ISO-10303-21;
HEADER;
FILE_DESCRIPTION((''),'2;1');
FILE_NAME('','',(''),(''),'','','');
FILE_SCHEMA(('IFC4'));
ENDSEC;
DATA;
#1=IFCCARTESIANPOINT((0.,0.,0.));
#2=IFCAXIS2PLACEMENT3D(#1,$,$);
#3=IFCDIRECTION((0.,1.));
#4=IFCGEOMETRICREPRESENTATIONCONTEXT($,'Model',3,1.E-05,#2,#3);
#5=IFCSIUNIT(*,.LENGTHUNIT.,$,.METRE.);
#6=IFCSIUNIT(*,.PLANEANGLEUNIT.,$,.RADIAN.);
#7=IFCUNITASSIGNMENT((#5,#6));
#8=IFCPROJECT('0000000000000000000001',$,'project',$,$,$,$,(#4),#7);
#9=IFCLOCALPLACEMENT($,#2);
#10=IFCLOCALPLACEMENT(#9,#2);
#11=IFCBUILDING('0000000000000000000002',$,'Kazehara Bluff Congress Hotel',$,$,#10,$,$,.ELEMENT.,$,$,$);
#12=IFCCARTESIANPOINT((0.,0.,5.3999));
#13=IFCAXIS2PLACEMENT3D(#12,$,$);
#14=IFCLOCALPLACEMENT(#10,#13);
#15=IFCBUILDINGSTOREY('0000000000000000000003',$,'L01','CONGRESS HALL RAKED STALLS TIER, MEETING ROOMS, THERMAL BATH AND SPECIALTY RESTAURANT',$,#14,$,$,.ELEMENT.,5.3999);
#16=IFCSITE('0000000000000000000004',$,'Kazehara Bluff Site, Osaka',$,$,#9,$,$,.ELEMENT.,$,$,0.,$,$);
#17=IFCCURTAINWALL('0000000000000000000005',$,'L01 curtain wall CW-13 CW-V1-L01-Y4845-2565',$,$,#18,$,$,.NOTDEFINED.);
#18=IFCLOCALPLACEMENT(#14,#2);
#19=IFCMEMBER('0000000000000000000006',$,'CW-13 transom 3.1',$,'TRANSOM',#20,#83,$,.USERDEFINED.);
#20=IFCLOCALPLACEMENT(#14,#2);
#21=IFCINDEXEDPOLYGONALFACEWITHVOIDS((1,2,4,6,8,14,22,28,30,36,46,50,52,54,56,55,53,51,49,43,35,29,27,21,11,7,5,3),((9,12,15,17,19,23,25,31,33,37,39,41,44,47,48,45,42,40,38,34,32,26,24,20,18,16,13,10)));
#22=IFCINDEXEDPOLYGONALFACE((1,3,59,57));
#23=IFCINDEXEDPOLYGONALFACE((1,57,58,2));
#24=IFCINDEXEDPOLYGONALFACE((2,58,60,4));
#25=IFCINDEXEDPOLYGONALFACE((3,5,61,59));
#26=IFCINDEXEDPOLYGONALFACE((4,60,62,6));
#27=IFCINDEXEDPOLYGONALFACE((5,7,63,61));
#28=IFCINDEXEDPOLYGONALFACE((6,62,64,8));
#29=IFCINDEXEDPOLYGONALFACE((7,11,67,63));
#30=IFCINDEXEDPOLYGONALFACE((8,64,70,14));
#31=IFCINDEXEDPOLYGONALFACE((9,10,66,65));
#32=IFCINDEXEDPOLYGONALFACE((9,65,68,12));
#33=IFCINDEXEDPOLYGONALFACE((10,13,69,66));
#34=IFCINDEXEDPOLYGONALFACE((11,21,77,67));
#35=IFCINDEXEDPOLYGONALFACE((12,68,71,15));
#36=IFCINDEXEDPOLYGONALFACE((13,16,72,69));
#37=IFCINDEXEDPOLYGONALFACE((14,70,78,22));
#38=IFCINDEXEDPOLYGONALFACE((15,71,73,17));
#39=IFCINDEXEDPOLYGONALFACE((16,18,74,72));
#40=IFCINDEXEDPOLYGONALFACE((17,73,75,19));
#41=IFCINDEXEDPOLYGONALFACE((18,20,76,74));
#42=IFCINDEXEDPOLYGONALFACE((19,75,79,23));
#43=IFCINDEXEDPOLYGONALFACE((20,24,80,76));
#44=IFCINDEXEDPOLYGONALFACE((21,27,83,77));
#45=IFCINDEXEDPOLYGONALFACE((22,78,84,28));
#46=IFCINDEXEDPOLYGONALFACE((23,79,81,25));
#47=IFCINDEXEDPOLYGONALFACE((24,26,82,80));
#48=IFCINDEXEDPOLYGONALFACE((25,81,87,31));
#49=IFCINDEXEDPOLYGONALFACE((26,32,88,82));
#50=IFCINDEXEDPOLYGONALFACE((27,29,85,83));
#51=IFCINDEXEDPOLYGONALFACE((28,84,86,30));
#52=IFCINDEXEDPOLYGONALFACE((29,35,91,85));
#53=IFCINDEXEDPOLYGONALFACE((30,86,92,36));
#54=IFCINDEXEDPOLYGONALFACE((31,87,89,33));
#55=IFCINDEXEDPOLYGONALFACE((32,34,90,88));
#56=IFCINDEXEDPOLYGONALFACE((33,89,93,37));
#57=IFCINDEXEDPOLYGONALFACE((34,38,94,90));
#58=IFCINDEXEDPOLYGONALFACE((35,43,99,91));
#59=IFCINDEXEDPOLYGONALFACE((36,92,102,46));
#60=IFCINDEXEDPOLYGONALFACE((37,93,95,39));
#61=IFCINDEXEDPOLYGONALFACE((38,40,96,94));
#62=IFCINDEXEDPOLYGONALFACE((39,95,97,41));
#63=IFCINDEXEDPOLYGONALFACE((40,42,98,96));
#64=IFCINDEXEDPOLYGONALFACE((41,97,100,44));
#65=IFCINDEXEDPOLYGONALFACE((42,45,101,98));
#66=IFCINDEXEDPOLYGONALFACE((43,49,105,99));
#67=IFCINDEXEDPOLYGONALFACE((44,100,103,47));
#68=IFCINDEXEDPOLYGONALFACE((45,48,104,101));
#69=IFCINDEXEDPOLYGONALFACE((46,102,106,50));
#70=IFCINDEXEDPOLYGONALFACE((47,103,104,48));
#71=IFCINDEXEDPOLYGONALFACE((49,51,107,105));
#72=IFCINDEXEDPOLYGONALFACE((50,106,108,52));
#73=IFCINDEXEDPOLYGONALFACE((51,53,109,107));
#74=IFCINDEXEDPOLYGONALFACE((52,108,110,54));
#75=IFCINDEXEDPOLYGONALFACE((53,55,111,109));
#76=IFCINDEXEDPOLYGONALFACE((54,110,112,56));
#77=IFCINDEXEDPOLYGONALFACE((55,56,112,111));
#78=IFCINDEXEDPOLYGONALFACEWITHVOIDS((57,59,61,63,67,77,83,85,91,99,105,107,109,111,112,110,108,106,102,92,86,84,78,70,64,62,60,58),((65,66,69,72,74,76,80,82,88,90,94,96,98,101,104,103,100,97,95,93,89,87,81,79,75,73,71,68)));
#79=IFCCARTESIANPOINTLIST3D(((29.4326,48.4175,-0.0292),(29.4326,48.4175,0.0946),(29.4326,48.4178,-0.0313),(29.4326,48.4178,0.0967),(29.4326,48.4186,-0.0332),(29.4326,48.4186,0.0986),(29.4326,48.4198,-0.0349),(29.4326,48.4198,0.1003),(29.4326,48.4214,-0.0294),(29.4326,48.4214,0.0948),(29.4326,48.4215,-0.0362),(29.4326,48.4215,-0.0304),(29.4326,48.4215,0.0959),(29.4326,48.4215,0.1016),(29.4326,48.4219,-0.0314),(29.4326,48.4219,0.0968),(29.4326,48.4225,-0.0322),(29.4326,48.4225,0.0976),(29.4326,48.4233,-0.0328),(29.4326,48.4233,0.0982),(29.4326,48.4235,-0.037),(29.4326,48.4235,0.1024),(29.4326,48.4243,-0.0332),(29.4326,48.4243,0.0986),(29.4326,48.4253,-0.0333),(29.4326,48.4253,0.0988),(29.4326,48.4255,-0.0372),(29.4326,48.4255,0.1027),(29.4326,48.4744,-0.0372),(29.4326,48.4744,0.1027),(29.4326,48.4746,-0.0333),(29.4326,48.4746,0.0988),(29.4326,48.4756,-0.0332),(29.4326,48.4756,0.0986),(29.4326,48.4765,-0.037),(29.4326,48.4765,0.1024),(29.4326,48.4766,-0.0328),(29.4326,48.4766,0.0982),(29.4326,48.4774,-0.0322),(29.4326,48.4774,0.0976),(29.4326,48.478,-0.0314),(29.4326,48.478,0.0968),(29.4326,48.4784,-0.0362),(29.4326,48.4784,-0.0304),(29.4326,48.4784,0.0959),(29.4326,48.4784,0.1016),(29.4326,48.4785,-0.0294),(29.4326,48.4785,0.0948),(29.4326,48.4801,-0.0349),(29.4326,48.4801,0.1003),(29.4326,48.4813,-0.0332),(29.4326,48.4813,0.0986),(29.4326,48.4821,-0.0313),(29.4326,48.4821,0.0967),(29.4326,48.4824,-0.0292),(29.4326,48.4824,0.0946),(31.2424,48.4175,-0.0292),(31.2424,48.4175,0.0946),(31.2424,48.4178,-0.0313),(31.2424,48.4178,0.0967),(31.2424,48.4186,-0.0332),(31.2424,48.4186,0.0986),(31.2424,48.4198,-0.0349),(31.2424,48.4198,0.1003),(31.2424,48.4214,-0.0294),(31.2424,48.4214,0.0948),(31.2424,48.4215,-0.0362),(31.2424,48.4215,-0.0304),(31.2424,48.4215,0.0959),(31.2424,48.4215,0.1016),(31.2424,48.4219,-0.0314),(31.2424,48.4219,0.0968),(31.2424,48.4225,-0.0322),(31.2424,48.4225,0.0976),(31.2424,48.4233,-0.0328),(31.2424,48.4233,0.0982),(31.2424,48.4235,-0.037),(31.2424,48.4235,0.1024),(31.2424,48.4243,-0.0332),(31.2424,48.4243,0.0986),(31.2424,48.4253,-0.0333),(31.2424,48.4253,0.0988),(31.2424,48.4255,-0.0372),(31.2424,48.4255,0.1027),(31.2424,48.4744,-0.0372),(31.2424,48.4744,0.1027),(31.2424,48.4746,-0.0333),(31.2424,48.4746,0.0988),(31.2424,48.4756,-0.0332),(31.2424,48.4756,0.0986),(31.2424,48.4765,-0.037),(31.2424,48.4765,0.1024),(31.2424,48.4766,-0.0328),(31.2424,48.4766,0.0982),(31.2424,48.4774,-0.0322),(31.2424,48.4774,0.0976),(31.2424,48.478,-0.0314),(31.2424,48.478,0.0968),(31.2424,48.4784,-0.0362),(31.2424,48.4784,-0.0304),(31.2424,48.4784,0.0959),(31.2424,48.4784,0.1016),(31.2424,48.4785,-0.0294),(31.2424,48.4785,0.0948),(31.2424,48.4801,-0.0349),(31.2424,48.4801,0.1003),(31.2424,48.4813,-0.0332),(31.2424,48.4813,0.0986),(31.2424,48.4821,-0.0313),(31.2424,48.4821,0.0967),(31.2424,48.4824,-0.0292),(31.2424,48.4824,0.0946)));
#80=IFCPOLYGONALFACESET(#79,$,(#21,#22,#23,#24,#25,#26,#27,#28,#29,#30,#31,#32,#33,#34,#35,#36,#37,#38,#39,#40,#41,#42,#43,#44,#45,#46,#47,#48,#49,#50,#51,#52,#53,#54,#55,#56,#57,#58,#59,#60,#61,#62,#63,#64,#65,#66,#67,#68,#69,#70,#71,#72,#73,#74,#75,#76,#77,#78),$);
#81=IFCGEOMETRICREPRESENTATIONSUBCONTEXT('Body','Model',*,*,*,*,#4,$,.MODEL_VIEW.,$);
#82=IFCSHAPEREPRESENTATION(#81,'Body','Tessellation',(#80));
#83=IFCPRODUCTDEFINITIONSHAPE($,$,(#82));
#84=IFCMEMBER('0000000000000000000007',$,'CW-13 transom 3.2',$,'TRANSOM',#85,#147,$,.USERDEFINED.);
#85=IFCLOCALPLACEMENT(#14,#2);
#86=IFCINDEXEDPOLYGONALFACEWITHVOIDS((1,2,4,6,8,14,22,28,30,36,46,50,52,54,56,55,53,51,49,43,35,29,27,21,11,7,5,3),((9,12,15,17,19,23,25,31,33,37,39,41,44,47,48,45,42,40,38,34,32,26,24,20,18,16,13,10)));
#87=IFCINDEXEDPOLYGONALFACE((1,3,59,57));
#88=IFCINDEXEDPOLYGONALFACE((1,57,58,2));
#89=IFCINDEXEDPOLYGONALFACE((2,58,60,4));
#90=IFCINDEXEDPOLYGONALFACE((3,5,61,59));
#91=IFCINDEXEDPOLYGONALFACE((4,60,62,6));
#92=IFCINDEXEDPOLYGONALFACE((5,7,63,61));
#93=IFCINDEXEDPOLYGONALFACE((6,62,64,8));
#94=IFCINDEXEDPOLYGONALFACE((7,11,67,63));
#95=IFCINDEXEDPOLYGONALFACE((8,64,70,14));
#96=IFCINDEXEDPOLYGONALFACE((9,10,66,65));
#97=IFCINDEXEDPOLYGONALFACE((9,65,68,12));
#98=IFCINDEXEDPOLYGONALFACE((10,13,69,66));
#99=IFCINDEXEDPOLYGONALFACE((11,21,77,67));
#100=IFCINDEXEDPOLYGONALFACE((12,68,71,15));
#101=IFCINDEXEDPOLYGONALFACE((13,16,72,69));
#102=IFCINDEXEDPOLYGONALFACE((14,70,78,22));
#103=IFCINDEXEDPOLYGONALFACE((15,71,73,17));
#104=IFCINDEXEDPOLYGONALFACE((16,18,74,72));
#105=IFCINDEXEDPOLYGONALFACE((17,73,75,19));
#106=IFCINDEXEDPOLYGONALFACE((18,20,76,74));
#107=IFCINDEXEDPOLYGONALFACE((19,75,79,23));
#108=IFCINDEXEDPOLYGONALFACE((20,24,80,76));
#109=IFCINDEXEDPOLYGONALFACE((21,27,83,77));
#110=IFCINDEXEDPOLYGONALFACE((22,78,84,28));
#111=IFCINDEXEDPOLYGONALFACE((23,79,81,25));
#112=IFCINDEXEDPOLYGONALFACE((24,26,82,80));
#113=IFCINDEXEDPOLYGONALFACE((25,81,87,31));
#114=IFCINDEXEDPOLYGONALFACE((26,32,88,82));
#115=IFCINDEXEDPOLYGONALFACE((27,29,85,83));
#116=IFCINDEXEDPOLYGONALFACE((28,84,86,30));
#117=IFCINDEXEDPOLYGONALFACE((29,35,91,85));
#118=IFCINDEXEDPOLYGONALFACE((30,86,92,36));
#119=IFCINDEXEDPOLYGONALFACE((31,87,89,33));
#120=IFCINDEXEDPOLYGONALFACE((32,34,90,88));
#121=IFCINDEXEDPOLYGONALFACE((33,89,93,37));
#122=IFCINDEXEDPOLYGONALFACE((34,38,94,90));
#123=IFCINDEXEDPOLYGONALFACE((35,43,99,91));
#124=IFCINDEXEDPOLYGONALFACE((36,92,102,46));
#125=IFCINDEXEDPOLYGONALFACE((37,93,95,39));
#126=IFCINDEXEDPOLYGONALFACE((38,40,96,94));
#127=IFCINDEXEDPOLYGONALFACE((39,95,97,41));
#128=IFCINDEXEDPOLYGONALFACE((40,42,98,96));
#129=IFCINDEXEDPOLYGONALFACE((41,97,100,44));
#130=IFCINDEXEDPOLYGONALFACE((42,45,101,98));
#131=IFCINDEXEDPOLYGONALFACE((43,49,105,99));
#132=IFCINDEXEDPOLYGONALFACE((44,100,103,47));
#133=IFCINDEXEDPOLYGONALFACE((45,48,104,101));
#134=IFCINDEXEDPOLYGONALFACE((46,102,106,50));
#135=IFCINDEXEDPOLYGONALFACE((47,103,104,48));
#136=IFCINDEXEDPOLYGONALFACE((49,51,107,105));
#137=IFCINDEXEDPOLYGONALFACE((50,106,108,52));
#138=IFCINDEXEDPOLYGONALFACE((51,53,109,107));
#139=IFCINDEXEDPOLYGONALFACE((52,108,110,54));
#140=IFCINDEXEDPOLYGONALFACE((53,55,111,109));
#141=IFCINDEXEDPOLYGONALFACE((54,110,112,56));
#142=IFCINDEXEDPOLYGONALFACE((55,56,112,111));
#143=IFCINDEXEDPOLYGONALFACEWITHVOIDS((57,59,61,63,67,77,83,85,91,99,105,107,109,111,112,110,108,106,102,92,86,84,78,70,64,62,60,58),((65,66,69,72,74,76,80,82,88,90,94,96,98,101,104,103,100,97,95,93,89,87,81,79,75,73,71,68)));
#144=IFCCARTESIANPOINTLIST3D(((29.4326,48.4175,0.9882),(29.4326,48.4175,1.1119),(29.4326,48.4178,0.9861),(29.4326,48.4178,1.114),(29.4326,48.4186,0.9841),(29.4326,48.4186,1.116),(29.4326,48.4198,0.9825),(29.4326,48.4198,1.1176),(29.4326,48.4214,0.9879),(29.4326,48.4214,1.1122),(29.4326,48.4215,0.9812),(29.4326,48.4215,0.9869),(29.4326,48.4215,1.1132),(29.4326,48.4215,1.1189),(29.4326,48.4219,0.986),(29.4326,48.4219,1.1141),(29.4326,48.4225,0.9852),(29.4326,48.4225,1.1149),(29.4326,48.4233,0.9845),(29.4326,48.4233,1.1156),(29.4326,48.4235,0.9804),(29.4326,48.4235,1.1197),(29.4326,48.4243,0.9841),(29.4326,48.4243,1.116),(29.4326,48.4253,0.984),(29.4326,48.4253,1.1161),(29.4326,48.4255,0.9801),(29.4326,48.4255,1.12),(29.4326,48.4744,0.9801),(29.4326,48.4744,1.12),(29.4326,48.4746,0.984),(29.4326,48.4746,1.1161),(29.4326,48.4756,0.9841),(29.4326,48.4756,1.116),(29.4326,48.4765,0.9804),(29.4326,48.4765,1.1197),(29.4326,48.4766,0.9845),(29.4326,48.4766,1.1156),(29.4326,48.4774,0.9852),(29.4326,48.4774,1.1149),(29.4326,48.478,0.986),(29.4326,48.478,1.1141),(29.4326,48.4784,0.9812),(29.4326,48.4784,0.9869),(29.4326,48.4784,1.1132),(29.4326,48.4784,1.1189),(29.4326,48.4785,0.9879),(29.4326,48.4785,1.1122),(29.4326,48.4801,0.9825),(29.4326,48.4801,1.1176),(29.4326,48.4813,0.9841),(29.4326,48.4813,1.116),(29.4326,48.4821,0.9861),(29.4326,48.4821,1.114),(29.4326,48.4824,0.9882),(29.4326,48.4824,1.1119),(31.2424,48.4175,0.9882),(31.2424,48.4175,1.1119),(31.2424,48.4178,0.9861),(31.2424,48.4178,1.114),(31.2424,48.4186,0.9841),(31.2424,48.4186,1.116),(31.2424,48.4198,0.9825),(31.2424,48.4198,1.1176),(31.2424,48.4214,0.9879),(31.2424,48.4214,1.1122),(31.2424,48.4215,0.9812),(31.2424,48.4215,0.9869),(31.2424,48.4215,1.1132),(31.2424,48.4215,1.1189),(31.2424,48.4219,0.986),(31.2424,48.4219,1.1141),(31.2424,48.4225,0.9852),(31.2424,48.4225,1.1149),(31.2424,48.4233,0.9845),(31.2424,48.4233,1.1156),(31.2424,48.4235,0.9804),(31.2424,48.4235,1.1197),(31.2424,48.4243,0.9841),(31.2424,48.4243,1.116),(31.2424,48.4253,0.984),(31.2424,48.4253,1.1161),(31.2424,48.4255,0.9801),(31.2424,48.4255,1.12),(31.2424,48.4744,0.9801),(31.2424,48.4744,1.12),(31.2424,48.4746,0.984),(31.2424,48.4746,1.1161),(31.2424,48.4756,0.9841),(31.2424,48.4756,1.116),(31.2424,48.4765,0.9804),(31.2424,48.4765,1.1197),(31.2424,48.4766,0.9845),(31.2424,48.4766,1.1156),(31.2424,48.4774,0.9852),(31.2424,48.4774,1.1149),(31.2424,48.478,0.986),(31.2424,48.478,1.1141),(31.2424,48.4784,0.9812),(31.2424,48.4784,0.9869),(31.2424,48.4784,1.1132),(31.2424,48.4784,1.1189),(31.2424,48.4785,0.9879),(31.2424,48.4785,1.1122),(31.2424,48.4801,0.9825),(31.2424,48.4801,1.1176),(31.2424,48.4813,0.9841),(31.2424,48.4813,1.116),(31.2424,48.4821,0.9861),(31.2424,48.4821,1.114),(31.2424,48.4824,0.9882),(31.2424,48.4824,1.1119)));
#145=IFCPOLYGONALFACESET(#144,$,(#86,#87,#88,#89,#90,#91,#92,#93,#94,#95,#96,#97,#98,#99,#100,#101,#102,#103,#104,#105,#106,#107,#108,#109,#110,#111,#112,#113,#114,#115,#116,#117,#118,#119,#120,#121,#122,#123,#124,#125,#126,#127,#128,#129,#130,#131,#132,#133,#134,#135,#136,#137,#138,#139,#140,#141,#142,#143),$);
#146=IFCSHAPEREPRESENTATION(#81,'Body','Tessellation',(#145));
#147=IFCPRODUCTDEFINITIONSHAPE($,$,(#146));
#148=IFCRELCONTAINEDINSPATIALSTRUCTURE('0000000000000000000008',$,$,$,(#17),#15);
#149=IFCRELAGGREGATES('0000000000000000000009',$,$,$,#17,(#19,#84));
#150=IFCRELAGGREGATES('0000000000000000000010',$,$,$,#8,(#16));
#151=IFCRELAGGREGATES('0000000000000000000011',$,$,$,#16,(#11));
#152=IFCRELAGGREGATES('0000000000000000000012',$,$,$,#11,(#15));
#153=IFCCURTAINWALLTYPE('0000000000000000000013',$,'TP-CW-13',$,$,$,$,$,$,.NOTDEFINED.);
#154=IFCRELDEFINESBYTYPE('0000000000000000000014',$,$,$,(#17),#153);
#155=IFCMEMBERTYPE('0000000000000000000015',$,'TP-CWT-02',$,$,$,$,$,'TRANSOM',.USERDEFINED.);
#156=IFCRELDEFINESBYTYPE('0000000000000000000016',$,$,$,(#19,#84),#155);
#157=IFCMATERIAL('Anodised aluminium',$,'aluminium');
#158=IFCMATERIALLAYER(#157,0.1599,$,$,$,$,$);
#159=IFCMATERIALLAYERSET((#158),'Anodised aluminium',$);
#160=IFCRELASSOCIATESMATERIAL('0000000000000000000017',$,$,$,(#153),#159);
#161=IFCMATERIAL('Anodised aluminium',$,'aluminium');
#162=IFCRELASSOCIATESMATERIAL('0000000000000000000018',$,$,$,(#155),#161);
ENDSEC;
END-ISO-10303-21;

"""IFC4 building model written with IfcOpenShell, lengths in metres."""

from ifc_helpers import new_model, si_unit, direction, frame, origin, origin_2d, place, context, subcontext, project, spatial, hollow_rectangle, extrude, material, layer, layer_set, material_profile, profile_set, type_object, element, aggregate, save


model = new_model("IFC4")

# Units and contexts
model_context = context("Model", 3, precision=1e-05, world=origin(), true_north=direction((0.0, 1.0)))
body_context = subcontext(model_context, "Body", "Model", "MODEL_VIEW")
ifc_project = project(units=[si_unit("LENGTHUNIT", "METRE"), si_unit("PLANEANGLEUNIT", "RADIAN")], contexts=[model_context])

# Site, building, storey
site_placement = place(None, origin())
site = spatial("IfcSite", under=ifc_project, at=site_placement, Name="Kazehara Bluff Site, Osaka", CompositionType="ELEMENT", RefElevation=0.0)
building_placement = place(site_placement, origin())
building = spatial("IfcBuilding", under=site, at=building_placement, Name="Kazehara Bluff Congress Hotel", CompositionType="ELEMENT")
storey_placement = place(building_placement, frame((0.0, 0.0, 5.3999)))
storey = spatial("IfcBuildingStorey", under=building, at=storey_placement, Name="L01", Description="CONGRESS HALL RAKED STALLS TIER, MEETING ROOMS, THERMAL BATH AND SPECIALTY RESTAURANT", CompositionType="ELEMENT", Elevation=5.3999)

# Curtain wall
ifc_material_1 = material(Name="Anodised aluminium", Category="aluminium")
ifc_layer_1 = layer(ifc_material_1, 0.1599)
ifc_layer_set_1 = layer_set([ifc_layer_1], Name="Anodised aluminium")
curtain_wall_type_1 = type_object("IfcCurtainWallType", Name="TP-CW-13", PredefinedType="NOTDEFINED", material=ifc_layer_set_1)
curtain_wall_1_placement = place(storey_placement, origin())
curtain_wall_1 = element("IfcCurtainWall", 1, at=curtain_wall_1_placement, inside=storey, type_object=curtain_wall_type_1, Name="L01 curtain wall CW-13 CW-V1-L01-Y4845-2565", PredefinedType="NOTDEFINED")

# Members
ifc_material_2 = material(Name="Anodised aluminium", Category="aluminium")
ifc_material_profile_1 = material_profile(ifc_material_2, hollow_rectangle(XDim=0.0649, YDim=0.1399, WallThickness=0.0039, InnerFilletRadius=0.0039, OuterFilletRadius=0.0081, at=origin_2d()))
ifc_profile_set_1 = profile_set([ifc_material_profile_1], Name="Anodised aluminium")
member_type_1 = type_object("IfcMemberType", Name="TP-CWT-02", ElementType="TRANSOM", PredefinedType="USERDEFINED", material=ifc_profile_set_1)
member_1_placement = place(storey_placement, frame((29.4326, 48.45, 0.0327), z_axis=(1.0, 0.0, 0.0), x_axis=(0.0, 1.0, 0.0)))
member_1 = element("IfcMember", 2, at=member_1_placement, type_object=member_type_1, Name="CW-13 transom 3.1", ObjectType="TRANSOM", PredefinedType="USERDEFINED", context=body_context, shape_type="SweptSolid", body=[
    extrude(hollow_rectangle(XDim=0.0649, YDim=0.1399, WallThickness=0.0039, InnerFilletRadius=0.0039, OuterFilletRadius=0.0081, at=origin_2d()), origin(), (0.0, 0.0, 1.0), 1.8098),
])
member_2_placement = place(storey_placement, frame((29.4326, 48.45, 1.05), z_axis=(1.0, 0.0, 0.0), x_axis=(0.0, 1.0, 0.0)))
member_2 = element("IfcMember", 3, at=member_2_placement, type_object=member_type_1, Name="CW-13 transom 3.2", ObjectType="TRANSOM", PredefinedType="USERDEFINED", context=body_context, shape_type="SweptSolid", body=[
    extrude(hollow_rectangle(XDim=0.0649, YDim=0.1399, WallThickness=0.0039, InnerFilletRadius=0.0039, OuterFilletRadius=0.0081, at=origin_2d()), origin(), (0.0, 0.0, 1.0), 1.8098),
])

aggregate(curtain_wall_1, [member_1, member_2])

save(model, "model.ifc")
